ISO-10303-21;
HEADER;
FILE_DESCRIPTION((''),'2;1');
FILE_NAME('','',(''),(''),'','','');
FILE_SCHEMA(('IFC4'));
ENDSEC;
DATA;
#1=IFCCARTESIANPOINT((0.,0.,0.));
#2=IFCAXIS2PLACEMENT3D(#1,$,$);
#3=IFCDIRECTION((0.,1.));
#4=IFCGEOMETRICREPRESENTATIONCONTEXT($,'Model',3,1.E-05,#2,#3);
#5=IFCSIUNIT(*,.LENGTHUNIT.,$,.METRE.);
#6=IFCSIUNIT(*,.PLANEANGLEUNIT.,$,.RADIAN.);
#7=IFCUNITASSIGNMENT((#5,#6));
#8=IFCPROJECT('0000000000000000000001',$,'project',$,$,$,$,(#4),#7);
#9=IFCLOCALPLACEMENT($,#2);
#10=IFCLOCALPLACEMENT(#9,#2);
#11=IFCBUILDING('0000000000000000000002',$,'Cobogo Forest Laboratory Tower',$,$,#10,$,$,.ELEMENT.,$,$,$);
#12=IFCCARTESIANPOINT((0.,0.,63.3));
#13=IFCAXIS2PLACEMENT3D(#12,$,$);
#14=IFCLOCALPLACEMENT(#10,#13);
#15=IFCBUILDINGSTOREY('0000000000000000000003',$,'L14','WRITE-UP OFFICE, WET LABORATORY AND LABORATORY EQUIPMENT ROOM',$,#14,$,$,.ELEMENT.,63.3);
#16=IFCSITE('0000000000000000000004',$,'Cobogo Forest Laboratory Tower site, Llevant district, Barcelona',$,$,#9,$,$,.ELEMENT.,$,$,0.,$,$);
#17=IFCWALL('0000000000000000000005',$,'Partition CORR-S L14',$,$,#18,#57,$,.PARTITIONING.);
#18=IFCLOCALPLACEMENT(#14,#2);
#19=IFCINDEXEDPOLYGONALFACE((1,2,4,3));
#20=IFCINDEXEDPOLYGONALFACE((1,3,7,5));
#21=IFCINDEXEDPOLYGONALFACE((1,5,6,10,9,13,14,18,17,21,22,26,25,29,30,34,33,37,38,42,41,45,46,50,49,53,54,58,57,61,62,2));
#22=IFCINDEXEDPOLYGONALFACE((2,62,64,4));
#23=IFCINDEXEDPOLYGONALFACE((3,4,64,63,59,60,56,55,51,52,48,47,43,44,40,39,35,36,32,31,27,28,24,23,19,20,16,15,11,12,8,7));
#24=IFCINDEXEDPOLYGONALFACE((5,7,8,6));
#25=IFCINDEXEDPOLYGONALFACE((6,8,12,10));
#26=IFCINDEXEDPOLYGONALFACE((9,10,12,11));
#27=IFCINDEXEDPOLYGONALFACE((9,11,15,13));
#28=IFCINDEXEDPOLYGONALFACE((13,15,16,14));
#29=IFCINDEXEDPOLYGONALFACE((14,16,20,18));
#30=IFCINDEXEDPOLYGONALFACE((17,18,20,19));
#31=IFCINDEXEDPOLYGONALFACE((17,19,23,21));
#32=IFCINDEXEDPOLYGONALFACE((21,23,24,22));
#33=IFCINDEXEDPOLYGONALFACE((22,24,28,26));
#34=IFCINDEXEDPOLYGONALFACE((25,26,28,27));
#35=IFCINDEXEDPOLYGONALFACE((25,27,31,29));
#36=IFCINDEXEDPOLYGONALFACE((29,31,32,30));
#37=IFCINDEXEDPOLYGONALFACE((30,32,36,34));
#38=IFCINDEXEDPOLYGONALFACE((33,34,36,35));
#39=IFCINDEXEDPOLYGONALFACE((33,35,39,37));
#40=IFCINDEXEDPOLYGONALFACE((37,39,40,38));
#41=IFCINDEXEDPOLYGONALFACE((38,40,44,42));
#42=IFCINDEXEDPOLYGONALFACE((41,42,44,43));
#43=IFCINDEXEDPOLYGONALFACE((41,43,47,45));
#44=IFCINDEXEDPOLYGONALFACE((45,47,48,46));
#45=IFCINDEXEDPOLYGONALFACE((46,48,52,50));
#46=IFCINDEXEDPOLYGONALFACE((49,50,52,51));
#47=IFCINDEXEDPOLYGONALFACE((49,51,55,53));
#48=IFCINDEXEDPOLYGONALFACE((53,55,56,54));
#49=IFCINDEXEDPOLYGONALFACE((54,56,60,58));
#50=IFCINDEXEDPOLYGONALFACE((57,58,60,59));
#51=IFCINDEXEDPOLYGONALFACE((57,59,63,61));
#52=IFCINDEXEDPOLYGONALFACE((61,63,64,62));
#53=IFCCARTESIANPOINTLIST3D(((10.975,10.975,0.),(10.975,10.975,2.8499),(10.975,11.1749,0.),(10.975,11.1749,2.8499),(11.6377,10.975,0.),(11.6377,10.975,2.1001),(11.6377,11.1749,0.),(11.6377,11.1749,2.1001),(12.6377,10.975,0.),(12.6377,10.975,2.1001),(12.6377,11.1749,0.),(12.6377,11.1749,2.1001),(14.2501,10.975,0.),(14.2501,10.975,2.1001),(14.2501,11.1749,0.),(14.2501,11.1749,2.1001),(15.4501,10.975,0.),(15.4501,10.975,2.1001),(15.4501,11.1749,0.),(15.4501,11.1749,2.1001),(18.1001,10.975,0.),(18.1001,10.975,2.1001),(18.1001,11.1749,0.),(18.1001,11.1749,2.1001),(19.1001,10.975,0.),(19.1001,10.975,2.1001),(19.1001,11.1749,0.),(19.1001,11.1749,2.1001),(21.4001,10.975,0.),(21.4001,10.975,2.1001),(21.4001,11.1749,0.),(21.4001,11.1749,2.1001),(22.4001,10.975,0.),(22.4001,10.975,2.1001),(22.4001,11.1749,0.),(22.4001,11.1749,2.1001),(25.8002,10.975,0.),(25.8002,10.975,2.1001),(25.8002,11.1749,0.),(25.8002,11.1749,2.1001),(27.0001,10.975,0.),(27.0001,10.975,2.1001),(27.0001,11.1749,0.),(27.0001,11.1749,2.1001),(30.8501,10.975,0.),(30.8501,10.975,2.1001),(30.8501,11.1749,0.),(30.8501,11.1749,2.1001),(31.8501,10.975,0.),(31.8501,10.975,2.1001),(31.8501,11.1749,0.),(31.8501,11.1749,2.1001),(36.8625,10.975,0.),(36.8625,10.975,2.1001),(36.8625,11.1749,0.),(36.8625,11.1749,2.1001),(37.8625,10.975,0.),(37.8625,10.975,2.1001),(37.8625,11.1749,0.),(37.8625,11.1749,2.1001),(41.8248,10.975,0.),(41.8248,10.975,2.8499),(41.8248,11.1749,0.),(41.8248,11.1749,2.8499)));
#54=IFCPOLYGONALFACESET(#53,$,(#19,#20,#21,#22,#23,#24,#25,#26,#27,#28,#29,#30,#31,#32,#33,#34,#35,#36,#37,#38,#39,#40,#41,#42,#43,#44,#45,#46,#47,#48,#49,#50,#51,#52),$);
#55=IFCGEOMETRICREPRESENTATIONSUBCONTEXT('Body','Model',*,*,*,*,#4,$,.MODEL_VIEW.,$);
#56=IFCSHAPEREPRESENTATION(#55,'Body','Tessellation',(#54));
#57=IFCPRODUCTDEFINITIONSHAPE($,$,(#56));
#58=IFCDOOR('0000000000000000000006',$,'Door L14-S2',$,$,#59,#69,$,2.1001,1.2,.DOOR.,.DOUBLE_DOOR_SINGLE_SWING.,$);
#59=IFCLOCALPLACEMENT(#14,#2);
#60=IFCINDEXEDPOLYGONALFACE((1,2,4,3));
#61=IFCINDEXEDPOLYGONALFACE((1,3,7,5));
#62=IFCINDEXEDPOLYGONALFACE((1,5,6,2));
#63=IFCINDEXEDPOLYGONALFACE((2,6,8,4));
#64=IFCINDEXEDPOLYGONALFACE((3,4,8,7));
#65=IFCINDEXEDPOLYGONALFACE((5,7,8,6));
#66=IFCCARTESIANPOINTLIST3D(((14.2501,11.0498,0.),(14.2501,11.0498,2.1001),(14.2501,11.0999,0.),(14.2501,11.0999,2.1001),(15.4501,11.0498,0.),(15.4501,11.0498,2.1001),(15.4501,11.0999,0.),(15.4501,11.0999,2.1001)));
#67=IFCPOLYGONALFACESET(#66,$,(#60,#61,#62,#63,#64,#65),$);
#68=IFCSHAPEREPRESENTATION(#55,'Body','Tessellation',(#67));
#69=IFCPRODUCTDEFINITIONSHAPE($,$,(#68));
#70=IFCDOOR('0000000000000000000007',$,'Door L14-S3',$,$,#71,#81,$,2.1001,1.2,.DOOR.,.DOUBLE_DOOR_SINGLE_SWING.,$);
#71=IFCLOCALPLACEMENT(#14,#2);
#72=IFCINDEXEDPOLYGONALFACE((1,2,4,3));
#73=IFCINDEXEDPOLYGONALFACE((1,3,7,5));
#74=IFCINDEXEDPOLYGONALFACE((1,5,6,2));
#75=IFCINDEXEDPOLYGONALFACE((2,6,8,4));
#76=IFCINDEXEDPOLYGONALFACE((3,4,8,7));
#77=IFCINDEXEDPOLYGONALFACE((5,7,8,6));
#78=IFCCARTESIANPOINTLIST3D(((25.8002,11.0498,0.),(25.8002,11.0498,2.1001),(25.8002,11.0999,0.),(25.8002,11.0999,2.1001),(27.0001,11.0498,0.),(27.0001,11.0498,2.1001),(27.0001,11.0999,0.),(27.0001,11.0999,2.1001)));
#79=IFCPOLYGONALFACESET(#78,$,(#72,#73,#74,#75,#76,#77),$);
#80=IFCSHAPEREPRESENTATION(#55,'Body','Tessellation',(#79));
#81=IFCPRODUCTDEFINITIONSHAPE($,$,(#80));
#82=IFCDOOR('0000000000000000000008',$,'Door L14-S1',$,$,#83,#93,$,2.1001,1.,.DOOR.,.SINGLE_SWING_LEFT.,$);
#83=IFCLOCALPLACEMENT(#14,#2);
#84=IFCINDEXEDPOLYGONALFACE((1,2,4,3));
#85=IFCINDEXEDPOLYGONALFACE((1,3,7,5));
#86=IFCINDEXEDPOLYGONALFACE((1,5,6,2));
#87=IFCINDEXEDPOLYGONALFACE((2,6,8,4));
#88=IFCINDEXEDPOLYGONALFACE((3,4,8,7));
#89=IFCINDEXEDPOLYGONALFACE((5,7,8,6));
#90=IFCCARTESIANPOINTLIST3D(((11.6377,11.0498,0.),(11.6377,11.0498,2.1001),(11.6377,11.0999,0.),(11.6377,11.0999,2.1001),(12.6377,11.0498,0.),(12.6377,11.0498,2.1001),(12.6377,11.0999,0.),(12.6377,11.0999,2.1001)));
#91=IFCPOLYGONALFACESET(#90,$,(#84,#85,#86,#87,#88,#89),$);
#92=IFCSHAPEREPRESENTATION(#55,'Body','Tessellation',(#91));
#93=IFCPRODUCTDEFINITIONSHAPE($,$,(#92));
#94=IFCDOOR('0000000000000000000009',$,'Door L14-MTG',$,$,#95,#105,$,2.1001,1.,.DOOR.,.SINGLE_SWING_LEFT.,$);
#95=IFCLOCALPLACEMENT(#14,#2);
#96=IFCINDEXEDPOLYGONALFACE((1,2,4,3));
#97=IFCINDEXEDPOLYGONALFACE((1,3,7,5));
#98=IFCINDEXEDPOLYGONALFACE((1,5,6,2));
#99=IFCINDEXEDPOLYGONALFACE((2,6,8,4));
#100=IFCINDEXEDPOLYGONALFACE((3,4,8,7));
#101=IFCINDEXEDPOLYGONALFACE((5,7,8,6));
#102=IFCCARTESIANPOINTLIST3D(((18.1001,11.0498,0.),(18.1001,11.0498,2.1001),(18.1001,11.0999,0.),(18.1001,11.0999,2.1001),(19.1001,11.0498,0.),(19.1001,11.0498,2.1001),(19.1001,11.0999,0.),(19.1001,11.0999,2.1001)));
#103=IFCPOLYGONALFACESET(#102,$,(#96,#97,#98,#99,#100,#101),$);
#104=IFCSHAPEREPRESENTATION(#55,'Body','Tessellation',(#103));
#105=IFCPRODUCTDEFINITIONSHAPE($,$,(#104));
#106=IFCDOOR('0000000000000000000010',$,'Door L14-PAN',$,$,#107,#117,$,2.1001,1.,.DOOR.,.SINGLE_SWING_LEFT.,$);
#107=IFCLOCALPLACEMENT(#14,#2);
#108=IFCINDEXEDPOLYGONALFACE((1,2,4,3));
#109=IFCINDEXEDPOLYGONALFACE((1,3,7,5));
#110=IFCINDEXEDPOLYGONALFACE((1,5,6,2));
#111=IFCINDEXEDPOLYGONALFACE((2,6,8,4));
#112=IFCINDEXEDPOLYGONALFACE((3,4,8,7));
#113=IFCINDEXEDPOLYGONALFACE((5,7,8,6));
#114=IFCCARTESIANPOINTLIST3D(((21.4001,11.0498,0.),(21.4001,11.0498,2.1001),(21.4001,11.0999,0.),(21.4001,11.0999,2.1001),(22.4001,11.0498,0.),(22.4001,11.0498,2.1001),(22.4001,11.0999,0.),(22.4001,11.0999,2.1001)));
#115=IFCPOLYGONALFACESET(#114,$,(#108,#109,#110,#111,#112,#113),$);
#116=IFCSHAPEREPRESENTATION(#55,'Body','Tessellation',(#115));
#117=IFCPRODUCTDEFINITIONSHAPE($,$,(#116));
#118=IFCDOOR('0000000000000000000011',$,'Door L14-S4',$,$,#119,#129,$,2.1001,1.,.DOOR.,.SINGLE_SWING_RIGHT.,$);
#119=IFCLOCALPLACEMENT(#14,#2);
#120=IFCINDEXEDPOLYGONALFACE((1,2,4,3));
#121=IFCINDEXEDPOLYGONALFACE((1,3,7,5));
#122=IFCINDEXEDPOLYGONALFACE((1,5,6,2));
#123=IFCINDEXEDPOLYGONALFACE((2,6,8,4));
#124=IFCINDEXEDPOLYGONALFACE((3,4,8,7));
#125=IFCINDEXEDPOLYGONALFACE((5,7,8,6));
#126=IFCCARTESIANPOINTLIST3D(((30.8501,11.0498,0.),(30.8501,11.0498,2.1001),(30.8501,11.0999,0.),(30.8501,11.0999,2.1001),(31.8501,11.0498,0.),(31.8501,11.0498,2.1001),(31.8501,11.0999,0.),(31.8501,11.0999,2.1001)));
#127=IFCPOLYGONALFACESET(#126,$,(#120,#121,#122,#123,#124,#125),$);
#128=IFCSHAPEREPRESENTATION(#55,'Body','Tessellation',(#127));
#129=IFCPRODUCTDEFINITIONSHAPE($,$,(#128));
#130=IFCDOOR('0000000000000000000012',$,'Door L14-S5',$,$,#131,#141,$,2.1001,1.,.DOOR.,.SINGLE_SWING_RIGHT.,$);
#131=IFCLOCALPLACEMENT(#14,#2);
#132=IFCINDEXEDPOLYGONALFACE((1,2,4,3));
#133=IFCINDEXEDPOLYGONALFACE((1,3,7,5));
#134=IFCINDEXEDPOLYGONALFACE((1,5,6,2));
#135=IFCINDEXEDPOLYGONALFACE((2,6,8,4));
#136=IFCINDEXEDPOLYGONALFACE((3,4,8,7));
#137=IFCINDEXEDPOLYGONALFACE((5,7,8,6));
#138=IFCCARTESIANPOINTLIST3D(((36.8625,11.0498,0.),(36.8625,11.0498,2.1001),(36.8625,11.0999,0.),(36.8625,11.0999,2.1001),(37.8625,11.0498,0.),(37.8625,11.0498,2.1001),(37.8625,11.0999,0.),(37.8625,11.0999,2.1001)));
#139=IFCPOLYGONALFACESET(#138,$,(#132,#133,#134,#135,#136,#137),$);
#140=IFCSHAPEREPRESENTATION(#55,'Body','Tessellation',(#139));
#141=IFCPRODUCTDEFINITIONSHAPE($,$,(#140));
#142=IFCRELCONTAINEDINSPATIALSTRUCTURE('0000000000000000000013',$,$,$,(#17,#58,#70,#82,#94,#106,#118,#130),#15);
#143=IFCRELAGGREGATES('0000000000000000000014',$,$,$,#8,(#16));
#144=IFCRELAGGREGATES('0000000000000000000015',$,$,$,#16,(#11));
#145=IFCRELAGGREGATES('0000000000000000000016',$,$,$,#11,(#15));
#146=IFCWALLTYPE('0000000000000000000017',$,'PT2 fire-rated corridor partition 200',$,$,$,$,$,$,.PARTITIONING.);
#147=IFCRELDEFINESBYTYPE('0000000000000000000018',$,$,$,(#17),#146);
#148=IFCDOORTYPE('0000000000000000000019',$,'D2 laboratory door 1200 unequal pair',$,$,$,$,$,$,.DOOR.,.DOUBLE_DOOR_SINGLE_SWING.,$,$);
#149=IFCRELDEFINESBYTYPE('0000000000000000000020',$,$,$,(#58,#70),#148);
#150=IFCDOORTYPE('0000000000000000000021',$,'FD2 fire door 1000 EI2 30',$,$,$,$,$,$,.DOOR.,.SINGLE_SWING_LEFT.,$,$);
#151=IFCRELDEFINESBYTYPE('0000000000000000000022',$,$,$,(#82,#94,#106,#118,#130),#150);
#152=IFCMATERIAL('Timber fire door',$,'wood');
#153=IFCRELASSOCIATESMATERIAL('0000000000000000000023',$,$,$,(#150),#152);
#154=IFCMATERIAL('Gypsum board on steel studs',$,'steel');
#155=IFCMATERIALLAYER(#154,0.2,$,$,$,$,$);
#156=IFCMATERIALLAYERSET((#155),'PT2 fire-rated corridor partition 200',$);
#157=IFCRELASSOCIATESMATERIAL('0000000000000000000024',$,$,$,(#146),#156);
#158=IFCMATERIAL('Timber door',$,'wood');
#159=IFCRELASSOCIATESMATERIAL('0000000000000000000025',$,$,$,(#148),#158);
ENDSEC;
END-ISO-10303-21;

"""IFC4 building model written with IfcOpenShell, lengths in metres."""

from ifc_helpers import new_model, si_unit, direction, frame, frame_2d, origin, place, context, subcontext, project, spatial, rectangle, extrude, material, layer, layer_set, type_object, element, fill, save


model = new_model("IFC4")

# Units and contexts
model_context = context("Model", 3, precision=1e-05, world=origin(), true_north=direction((0.0, 1.0)))
body_context = subcontext(model_context, "Body", "Model", "MODEL_VIEW")
ifc_project = project(units=[si_unit("LENGTHUNIT", "METRE"), si_unit("PLANEANGLEUNIT", "RADIAN")], contexts=[model_context])

# Site, building, storey
site_placement = place(None, origin())
site = spatial("IfcSite", under=ifc_project, at=site_placement, Name="Cobogo Forest Laboratory Tower site, Llevant district, Barcelona", CompositionType="ELEMENT", RefElevation=0.0)
building_placement = place(site_placement, origin())
building = spatial("IfcBuilding", under=site, at=building_placement, Name="Cobogo Forest Laboratory Tower", CompositionType="ELEMENT")
storey_placement = place(building_placement, frame((0.0, 0.0, 63.3)))
storey = spatial("IfcBuildingStorey", under=building, at=storey_placement, Name="L14", Description="WRITE-UP OFFICE, WET LABORATORY AND LABORATORY EQUIPMENT ROOM", CompositionType="ELEMENT", Elevation=63.3)

# Shared definitions
ifc_material_1 = material(Name="Gypsum board on steel studs", Category="steel")
ifc_material_2 = material(Name="Timber fire door", Category="wood")
door_type_1 = type_object("IfcDoorType", Name="FD2 fire door 1000 EI2 30", OperationType="SINGLE_SWING_LEFT", PredefinedType="DOOR", material=ifc_material_2)

# Wall, openings, doors
ifc_layer_1 = layer(ifc_material_1, 0.2)
ifc_layer_set_1 = layer_set([ifc_layer_1], Name="PT2 fire-rated corridor partition 200")
wall_type_1 = type_object("IfcWallType", Name="PT2 fire-rated corridor partition 200", PredefinedType="PARTITIONING", material=ifc_layer_set_1)
wall_1_placement = place(storey_placement, frame((10.9751, 11.075, 0.0), z_axis=(0.0, 0.0, 1.0), x_axis=(1.0, 0.0, 0.0)))
wall_1 = element("IfcWall", 1, at=wall_1_placement, inside=storey, type_object=wall_type_1, Name="Partition CORR-S L14", PredefinedType="PARTITIONING", context=body_context, shape_type="SweptSolid", body=[
    extrude(rectangle(XDim=30.8499, YDim=0.2, at=frame_2d((15.4248, 0.0))), origin(), (0.0, 0.0, 1.0), 2.8499),
])
opening_1_placement = place(wall_1_placement, frame((0.6626, 0.0, 0.0)))
opening_1 = element("IfcOpeningElement", 2, at=opening_1_placement, cuts=wall_1, PredefinedType="OPENING", context=body_context, shape_type="SweptSolid", body=[
    extrude(rectangle(XDim=1.0, YDim=2.1001, at=frame_2d((0.5, 1.05))), frame((0.0, 0.1099, 0.0), z_axis=(0.0, -1.0, 0.0), x_axis=(1.0, 0.0, 0.0)), (0.0, 0.0, 1.0), 0.22),
])
opening_2_placement = place(wall_1_placement, frame((3.2749, 0.0, 0.0)))
opening_2 = element("IfcOpeningElement", 3, at=opening_2_placement, cuts=wall_1, PredefinedType="OPENING", context=body_context, shape_type="SweptSolid", body=[
    extrude(rectangle(XDim=1.2, YDim=2.1001, at=frame_2d((0.6001, 1.05))), frame((0.0, 0.1099, 0.0), z_axis=(0.0, -1.0, 0.0), x_axis=(1.0, 0.0, 0.0)), (0.0, 0.0, 1.0), 0.22),
])
opening_3_placement = place(wall_1_placement, frame((7.125, 0.0, 0.0)))
opening_3 = element("IfcOpeningElement", 4, at=opening_3_placement, cuts=wall_1, PredefinedType="OPENING", context=body_context, shape_type="SweptSolid", body=[
    extrude(rectangle(XDim=1.0, YDim=2.1001, at=frame_2d((0.5, 1.05))), frame((0.0, 0.1099, 0.0), z_axis=(0.0, -1.0, 0.0), x_axis=(1.0, 0.0, 0.0)), (0.0, 0.0, 1.0), 0.22),
])
opening_4_placement = place(wall_1_placement, frame((10.425, 0.0, 0.0)))
opening_4 = element("IfcOpeningElement", 5, at=opening_4_placement, cuts=wall_1, PredefinedType="OPENING", context=body_context, shape_type="SweptSolid", body=[
    extrude(rectangle(XDim=1.0, YDim=2.1001, at=frame_2d((0.5, 1.05))), frame((0.0, 0.1099, 0.0), z_axis=(0.0, -1.0, 0.0), x_axis=(1.0, 0.0, 0.0)), (0.0, 0.0, 1.0), 0.22),
])
opening_5_placement = place(wall_1_placement, frame((14.825, 0.0, 0.0)))
opening_5 = element("IfcOpeningElement", 6, at=opening_5_placement, cuts=wall_1, PredefinedType="OPENING", context=body_context, shape_type="SweptSolid", body=[
    extrude(rectangle(XDim=1.2, YDim=2.1001, at=frame_2d((0.6001, 1.05))), frame((0.0, 0.1099, 0.0), z_axis=(0.0, -1.0, 0.0), x_axis=(1.0, 0.0, 0.0)), (0.0, 0.0, 1.0), 0.22),
])
opening_6_placement = place(wall_1_placement, frame((19.875, 0.0, 0.0)))
opening_6 = element("IfcOpeningElement", 7, at=opening_6_placement, cuts=wall_1, PredefinedType="OPENING", context=body_context, shape_type="SweptSolid", body=[
    extrude(rectangle(XDim=1.0, YDim=2.1001, at=frame_2d((0.5, 1.05))), frame((0.0, 0.1099, 0.0), z_axis=(0.0, -1.0, 0.0), x_axis=(1.0, 0.0, 0.0)), (0.0, 0.0, 1.0), 0.22),
])
opening_7_placement = place(wall_1_placement, frame((25.8875, 0.0, 0.0)))
opening_7 = element("IfcOpeningElement", 8, at=opening_7_placement, cuts=wall_1, PredefinedType="OPENING", context=body_context, shape_type="SweptSolid", body=[
    extrude(rectangle(XDim=1.0, YDim=2.1001, at=frame_2d((0.5, 1.05))), frame((0.0, 0.1099, 0.0), z_axis=(0.0, -1.0, 0.0), x_axis=(1.0, 0.0, 0.0)), (0.0, 0.0, 1.0), 0.22),
])
ifc_material_3 = material(Name="Timber door", Category="wood")
door_type_2 = type_object("IfcDoorType", Name="D2 laboratory door 1200 unequal pair", OperationType="DOUBLE_DOOR_SINGLE_SWING", PredefinedType="DOOR", material=ifc_material_3)
door_1_placement = place(opening_2_placement, origin())
door_1 = element("IfcDoor", 9, at=door_1_placement, inside=storey, type_object=door_type_2, Name="Door L14-S2", OperationType="DOUBLE_DOOR_SINGLE_SWING", OverallHeight=2.1001, OverallWidth=1.2, PredefinedType="DOOR", context=body_context, shape_type="SweptSolid", body=[
    extrude(rectangle(XDim=1.2, YDim=2.1001, at=frame_2d((0.6001, 1.05))), frame((0.0, 0.0249, 0.0), z_axis=(0.0, -1.0, 0.0), x_axis=(1.0, 0.0, 0.0)), (0.0, 0.0, 1.0), 0.05),
])
fill(opening_2, door_1)
door_2_placement = place(opening_5_placement, origin())
door_2 = element("IfcDoor", 10, at=door_2_placement, inside=storey, type_object=door_type_2, Name="Door L14-S3", OperationType="DOUBLE_DOOR_SINGLE_SWING", OverallHeight=2.1001, OverallWidth=1.2, PredefinedType="DOOR", context=body_context, shape_type="SweptSolid", body=[
    extrude(rectangle(XDim=1.2, YDim=2.1001, at=frame_2d((0.6001, 1.05))), frame((0.0, 0.0249, 0.0), z_axis=(0.0, -1.0, 0.0), x_axis=(1.0, 0.0, 0.0)), (0.0, 0.0, 1.0), 0.05),
])
fill(opening_5, door_2)
door_3_placement = place(opening_1_placement, origin())
door_3 = element("IfcDoor", 11, at=door_3_placement, inside=storey, type_object=door_type_1, Name="Door L14-S1", OperationType="SINGLE_SWING_LEFT", OverallHeight=2.1001, OverallWidth=1.0, PredefinedType="DOOR", context=body_context, shape_type="SweptSolid", body=[
    extrude(rectangle(XDim=1.0, YDim=2.1001, at=frame_2d((0.5, 1.05))), frame((0.0, 0.0249, 0.0), z_axis=(0.0, -1.0, 0.0), x_axis=(1.0, 0.0, 0.0)), (0.0, 0.0, 1.0), 0.05),
])
fill(opening_1, door_3)
door_4_placement = place(opening_3_placement, origin())
door_4 = element("IfcDoor", 12, at=door_4_placement, inside=storey, type_object=door_type_1, Name="Door L14-MTG", OperationType="SINGLE_SWING_LEFT", OverallHeight=2.1001, OverallWidth=1.0, PredefinedType="DOOR", context=body_context, shape_type="SweptSolid", body=[
    extrude(rectangle(XDim=1.0, YDim=2.1001, at=frame_2d((0.5, 1.05))), frame((0.0, 0.0249, 0.0), z_axis=(0.0, -1.0, 0.0), x_axis=(1.0, 0.0, 0.0)), (0.0, 0.0, 1.0), 0.05),
])
fill(opening_3, door_4)
door_5_placement = place(opening_4_placement, origin())
door_5 = element("IfcDoor", 13, at=door_5_placement, inside=storey, type_object=door_type_1, Name="Door L14-PAN", OperationType="SINGLE_SWING_LEFT", OverallHeight=2.1001, OverallWidth=1.0, PredefinedType="DOOR", context=body_context, shape_type="SweptSolid", body=[
    extrude(rectangle(XDim=1.0, YDim=2.1001, at=frame_2d((0.5, 1.05))), frame((0.0, 0.0249, 0.0), z_axis=(0.0, -1.0, 0.0), x_axis=(1.0, 0.0, 0.0)), (0.0, 0.0, 1.0), 0.05),
])
fill(opening_4, door_5)
door_6_placement = place(opening_6_placement, origin())
door_6 = element("IfcDoor", 14, at=door_6_placement, inside=storey, type_object=door_type_1, Name="Door L14-S4", OperationType="SINGLE_SWING_RIGHT", OverallHeight=2.1001, OverallWidth=1.0, PredefinedType="DOOR", context=body_context, shape_type="SweptSolid", body=[
    extrude(rectangle(XDim=1.0, YDim=2.1001, at=frame_2d((0.5, 1.05))), frame((0.0, 0.0249, 0.0), z_axis=(0.0, -1.0, 0.0), x_axis=(1.0, 0.0, 0.0)), (0.0, 0.0, 1.0), 0.05),
])
fill(opening_6, door_6)
door_7_placement = place(opening_7_placement, origin())
door_7 = element("IfcDoor", 15, at=door_7_placement, inside=storey, type_object=door_type_1, Name="Door L14-S5", OperationType="SINGLE_SWING_RIGHT", OverallHeight=2.1001, OverallWidth=1.0, PredefinedType="DOOR", context=body_context, shape_type="SweptSolid", body=[
    extrude(rectangle(XDim=1.0, YDim=2.1001, at=frame_2d((0.5, 1.05))), frame((0.0, 0.0249, 0.0), z_axis=(0.0, -1.0, 0.0), x_axis=(1.0, 0.0, 0.0)), (0.0, 0.0, 1.0), 0.05),
])
fill(opening_7, door_7)

save(model, "model.ifc")
